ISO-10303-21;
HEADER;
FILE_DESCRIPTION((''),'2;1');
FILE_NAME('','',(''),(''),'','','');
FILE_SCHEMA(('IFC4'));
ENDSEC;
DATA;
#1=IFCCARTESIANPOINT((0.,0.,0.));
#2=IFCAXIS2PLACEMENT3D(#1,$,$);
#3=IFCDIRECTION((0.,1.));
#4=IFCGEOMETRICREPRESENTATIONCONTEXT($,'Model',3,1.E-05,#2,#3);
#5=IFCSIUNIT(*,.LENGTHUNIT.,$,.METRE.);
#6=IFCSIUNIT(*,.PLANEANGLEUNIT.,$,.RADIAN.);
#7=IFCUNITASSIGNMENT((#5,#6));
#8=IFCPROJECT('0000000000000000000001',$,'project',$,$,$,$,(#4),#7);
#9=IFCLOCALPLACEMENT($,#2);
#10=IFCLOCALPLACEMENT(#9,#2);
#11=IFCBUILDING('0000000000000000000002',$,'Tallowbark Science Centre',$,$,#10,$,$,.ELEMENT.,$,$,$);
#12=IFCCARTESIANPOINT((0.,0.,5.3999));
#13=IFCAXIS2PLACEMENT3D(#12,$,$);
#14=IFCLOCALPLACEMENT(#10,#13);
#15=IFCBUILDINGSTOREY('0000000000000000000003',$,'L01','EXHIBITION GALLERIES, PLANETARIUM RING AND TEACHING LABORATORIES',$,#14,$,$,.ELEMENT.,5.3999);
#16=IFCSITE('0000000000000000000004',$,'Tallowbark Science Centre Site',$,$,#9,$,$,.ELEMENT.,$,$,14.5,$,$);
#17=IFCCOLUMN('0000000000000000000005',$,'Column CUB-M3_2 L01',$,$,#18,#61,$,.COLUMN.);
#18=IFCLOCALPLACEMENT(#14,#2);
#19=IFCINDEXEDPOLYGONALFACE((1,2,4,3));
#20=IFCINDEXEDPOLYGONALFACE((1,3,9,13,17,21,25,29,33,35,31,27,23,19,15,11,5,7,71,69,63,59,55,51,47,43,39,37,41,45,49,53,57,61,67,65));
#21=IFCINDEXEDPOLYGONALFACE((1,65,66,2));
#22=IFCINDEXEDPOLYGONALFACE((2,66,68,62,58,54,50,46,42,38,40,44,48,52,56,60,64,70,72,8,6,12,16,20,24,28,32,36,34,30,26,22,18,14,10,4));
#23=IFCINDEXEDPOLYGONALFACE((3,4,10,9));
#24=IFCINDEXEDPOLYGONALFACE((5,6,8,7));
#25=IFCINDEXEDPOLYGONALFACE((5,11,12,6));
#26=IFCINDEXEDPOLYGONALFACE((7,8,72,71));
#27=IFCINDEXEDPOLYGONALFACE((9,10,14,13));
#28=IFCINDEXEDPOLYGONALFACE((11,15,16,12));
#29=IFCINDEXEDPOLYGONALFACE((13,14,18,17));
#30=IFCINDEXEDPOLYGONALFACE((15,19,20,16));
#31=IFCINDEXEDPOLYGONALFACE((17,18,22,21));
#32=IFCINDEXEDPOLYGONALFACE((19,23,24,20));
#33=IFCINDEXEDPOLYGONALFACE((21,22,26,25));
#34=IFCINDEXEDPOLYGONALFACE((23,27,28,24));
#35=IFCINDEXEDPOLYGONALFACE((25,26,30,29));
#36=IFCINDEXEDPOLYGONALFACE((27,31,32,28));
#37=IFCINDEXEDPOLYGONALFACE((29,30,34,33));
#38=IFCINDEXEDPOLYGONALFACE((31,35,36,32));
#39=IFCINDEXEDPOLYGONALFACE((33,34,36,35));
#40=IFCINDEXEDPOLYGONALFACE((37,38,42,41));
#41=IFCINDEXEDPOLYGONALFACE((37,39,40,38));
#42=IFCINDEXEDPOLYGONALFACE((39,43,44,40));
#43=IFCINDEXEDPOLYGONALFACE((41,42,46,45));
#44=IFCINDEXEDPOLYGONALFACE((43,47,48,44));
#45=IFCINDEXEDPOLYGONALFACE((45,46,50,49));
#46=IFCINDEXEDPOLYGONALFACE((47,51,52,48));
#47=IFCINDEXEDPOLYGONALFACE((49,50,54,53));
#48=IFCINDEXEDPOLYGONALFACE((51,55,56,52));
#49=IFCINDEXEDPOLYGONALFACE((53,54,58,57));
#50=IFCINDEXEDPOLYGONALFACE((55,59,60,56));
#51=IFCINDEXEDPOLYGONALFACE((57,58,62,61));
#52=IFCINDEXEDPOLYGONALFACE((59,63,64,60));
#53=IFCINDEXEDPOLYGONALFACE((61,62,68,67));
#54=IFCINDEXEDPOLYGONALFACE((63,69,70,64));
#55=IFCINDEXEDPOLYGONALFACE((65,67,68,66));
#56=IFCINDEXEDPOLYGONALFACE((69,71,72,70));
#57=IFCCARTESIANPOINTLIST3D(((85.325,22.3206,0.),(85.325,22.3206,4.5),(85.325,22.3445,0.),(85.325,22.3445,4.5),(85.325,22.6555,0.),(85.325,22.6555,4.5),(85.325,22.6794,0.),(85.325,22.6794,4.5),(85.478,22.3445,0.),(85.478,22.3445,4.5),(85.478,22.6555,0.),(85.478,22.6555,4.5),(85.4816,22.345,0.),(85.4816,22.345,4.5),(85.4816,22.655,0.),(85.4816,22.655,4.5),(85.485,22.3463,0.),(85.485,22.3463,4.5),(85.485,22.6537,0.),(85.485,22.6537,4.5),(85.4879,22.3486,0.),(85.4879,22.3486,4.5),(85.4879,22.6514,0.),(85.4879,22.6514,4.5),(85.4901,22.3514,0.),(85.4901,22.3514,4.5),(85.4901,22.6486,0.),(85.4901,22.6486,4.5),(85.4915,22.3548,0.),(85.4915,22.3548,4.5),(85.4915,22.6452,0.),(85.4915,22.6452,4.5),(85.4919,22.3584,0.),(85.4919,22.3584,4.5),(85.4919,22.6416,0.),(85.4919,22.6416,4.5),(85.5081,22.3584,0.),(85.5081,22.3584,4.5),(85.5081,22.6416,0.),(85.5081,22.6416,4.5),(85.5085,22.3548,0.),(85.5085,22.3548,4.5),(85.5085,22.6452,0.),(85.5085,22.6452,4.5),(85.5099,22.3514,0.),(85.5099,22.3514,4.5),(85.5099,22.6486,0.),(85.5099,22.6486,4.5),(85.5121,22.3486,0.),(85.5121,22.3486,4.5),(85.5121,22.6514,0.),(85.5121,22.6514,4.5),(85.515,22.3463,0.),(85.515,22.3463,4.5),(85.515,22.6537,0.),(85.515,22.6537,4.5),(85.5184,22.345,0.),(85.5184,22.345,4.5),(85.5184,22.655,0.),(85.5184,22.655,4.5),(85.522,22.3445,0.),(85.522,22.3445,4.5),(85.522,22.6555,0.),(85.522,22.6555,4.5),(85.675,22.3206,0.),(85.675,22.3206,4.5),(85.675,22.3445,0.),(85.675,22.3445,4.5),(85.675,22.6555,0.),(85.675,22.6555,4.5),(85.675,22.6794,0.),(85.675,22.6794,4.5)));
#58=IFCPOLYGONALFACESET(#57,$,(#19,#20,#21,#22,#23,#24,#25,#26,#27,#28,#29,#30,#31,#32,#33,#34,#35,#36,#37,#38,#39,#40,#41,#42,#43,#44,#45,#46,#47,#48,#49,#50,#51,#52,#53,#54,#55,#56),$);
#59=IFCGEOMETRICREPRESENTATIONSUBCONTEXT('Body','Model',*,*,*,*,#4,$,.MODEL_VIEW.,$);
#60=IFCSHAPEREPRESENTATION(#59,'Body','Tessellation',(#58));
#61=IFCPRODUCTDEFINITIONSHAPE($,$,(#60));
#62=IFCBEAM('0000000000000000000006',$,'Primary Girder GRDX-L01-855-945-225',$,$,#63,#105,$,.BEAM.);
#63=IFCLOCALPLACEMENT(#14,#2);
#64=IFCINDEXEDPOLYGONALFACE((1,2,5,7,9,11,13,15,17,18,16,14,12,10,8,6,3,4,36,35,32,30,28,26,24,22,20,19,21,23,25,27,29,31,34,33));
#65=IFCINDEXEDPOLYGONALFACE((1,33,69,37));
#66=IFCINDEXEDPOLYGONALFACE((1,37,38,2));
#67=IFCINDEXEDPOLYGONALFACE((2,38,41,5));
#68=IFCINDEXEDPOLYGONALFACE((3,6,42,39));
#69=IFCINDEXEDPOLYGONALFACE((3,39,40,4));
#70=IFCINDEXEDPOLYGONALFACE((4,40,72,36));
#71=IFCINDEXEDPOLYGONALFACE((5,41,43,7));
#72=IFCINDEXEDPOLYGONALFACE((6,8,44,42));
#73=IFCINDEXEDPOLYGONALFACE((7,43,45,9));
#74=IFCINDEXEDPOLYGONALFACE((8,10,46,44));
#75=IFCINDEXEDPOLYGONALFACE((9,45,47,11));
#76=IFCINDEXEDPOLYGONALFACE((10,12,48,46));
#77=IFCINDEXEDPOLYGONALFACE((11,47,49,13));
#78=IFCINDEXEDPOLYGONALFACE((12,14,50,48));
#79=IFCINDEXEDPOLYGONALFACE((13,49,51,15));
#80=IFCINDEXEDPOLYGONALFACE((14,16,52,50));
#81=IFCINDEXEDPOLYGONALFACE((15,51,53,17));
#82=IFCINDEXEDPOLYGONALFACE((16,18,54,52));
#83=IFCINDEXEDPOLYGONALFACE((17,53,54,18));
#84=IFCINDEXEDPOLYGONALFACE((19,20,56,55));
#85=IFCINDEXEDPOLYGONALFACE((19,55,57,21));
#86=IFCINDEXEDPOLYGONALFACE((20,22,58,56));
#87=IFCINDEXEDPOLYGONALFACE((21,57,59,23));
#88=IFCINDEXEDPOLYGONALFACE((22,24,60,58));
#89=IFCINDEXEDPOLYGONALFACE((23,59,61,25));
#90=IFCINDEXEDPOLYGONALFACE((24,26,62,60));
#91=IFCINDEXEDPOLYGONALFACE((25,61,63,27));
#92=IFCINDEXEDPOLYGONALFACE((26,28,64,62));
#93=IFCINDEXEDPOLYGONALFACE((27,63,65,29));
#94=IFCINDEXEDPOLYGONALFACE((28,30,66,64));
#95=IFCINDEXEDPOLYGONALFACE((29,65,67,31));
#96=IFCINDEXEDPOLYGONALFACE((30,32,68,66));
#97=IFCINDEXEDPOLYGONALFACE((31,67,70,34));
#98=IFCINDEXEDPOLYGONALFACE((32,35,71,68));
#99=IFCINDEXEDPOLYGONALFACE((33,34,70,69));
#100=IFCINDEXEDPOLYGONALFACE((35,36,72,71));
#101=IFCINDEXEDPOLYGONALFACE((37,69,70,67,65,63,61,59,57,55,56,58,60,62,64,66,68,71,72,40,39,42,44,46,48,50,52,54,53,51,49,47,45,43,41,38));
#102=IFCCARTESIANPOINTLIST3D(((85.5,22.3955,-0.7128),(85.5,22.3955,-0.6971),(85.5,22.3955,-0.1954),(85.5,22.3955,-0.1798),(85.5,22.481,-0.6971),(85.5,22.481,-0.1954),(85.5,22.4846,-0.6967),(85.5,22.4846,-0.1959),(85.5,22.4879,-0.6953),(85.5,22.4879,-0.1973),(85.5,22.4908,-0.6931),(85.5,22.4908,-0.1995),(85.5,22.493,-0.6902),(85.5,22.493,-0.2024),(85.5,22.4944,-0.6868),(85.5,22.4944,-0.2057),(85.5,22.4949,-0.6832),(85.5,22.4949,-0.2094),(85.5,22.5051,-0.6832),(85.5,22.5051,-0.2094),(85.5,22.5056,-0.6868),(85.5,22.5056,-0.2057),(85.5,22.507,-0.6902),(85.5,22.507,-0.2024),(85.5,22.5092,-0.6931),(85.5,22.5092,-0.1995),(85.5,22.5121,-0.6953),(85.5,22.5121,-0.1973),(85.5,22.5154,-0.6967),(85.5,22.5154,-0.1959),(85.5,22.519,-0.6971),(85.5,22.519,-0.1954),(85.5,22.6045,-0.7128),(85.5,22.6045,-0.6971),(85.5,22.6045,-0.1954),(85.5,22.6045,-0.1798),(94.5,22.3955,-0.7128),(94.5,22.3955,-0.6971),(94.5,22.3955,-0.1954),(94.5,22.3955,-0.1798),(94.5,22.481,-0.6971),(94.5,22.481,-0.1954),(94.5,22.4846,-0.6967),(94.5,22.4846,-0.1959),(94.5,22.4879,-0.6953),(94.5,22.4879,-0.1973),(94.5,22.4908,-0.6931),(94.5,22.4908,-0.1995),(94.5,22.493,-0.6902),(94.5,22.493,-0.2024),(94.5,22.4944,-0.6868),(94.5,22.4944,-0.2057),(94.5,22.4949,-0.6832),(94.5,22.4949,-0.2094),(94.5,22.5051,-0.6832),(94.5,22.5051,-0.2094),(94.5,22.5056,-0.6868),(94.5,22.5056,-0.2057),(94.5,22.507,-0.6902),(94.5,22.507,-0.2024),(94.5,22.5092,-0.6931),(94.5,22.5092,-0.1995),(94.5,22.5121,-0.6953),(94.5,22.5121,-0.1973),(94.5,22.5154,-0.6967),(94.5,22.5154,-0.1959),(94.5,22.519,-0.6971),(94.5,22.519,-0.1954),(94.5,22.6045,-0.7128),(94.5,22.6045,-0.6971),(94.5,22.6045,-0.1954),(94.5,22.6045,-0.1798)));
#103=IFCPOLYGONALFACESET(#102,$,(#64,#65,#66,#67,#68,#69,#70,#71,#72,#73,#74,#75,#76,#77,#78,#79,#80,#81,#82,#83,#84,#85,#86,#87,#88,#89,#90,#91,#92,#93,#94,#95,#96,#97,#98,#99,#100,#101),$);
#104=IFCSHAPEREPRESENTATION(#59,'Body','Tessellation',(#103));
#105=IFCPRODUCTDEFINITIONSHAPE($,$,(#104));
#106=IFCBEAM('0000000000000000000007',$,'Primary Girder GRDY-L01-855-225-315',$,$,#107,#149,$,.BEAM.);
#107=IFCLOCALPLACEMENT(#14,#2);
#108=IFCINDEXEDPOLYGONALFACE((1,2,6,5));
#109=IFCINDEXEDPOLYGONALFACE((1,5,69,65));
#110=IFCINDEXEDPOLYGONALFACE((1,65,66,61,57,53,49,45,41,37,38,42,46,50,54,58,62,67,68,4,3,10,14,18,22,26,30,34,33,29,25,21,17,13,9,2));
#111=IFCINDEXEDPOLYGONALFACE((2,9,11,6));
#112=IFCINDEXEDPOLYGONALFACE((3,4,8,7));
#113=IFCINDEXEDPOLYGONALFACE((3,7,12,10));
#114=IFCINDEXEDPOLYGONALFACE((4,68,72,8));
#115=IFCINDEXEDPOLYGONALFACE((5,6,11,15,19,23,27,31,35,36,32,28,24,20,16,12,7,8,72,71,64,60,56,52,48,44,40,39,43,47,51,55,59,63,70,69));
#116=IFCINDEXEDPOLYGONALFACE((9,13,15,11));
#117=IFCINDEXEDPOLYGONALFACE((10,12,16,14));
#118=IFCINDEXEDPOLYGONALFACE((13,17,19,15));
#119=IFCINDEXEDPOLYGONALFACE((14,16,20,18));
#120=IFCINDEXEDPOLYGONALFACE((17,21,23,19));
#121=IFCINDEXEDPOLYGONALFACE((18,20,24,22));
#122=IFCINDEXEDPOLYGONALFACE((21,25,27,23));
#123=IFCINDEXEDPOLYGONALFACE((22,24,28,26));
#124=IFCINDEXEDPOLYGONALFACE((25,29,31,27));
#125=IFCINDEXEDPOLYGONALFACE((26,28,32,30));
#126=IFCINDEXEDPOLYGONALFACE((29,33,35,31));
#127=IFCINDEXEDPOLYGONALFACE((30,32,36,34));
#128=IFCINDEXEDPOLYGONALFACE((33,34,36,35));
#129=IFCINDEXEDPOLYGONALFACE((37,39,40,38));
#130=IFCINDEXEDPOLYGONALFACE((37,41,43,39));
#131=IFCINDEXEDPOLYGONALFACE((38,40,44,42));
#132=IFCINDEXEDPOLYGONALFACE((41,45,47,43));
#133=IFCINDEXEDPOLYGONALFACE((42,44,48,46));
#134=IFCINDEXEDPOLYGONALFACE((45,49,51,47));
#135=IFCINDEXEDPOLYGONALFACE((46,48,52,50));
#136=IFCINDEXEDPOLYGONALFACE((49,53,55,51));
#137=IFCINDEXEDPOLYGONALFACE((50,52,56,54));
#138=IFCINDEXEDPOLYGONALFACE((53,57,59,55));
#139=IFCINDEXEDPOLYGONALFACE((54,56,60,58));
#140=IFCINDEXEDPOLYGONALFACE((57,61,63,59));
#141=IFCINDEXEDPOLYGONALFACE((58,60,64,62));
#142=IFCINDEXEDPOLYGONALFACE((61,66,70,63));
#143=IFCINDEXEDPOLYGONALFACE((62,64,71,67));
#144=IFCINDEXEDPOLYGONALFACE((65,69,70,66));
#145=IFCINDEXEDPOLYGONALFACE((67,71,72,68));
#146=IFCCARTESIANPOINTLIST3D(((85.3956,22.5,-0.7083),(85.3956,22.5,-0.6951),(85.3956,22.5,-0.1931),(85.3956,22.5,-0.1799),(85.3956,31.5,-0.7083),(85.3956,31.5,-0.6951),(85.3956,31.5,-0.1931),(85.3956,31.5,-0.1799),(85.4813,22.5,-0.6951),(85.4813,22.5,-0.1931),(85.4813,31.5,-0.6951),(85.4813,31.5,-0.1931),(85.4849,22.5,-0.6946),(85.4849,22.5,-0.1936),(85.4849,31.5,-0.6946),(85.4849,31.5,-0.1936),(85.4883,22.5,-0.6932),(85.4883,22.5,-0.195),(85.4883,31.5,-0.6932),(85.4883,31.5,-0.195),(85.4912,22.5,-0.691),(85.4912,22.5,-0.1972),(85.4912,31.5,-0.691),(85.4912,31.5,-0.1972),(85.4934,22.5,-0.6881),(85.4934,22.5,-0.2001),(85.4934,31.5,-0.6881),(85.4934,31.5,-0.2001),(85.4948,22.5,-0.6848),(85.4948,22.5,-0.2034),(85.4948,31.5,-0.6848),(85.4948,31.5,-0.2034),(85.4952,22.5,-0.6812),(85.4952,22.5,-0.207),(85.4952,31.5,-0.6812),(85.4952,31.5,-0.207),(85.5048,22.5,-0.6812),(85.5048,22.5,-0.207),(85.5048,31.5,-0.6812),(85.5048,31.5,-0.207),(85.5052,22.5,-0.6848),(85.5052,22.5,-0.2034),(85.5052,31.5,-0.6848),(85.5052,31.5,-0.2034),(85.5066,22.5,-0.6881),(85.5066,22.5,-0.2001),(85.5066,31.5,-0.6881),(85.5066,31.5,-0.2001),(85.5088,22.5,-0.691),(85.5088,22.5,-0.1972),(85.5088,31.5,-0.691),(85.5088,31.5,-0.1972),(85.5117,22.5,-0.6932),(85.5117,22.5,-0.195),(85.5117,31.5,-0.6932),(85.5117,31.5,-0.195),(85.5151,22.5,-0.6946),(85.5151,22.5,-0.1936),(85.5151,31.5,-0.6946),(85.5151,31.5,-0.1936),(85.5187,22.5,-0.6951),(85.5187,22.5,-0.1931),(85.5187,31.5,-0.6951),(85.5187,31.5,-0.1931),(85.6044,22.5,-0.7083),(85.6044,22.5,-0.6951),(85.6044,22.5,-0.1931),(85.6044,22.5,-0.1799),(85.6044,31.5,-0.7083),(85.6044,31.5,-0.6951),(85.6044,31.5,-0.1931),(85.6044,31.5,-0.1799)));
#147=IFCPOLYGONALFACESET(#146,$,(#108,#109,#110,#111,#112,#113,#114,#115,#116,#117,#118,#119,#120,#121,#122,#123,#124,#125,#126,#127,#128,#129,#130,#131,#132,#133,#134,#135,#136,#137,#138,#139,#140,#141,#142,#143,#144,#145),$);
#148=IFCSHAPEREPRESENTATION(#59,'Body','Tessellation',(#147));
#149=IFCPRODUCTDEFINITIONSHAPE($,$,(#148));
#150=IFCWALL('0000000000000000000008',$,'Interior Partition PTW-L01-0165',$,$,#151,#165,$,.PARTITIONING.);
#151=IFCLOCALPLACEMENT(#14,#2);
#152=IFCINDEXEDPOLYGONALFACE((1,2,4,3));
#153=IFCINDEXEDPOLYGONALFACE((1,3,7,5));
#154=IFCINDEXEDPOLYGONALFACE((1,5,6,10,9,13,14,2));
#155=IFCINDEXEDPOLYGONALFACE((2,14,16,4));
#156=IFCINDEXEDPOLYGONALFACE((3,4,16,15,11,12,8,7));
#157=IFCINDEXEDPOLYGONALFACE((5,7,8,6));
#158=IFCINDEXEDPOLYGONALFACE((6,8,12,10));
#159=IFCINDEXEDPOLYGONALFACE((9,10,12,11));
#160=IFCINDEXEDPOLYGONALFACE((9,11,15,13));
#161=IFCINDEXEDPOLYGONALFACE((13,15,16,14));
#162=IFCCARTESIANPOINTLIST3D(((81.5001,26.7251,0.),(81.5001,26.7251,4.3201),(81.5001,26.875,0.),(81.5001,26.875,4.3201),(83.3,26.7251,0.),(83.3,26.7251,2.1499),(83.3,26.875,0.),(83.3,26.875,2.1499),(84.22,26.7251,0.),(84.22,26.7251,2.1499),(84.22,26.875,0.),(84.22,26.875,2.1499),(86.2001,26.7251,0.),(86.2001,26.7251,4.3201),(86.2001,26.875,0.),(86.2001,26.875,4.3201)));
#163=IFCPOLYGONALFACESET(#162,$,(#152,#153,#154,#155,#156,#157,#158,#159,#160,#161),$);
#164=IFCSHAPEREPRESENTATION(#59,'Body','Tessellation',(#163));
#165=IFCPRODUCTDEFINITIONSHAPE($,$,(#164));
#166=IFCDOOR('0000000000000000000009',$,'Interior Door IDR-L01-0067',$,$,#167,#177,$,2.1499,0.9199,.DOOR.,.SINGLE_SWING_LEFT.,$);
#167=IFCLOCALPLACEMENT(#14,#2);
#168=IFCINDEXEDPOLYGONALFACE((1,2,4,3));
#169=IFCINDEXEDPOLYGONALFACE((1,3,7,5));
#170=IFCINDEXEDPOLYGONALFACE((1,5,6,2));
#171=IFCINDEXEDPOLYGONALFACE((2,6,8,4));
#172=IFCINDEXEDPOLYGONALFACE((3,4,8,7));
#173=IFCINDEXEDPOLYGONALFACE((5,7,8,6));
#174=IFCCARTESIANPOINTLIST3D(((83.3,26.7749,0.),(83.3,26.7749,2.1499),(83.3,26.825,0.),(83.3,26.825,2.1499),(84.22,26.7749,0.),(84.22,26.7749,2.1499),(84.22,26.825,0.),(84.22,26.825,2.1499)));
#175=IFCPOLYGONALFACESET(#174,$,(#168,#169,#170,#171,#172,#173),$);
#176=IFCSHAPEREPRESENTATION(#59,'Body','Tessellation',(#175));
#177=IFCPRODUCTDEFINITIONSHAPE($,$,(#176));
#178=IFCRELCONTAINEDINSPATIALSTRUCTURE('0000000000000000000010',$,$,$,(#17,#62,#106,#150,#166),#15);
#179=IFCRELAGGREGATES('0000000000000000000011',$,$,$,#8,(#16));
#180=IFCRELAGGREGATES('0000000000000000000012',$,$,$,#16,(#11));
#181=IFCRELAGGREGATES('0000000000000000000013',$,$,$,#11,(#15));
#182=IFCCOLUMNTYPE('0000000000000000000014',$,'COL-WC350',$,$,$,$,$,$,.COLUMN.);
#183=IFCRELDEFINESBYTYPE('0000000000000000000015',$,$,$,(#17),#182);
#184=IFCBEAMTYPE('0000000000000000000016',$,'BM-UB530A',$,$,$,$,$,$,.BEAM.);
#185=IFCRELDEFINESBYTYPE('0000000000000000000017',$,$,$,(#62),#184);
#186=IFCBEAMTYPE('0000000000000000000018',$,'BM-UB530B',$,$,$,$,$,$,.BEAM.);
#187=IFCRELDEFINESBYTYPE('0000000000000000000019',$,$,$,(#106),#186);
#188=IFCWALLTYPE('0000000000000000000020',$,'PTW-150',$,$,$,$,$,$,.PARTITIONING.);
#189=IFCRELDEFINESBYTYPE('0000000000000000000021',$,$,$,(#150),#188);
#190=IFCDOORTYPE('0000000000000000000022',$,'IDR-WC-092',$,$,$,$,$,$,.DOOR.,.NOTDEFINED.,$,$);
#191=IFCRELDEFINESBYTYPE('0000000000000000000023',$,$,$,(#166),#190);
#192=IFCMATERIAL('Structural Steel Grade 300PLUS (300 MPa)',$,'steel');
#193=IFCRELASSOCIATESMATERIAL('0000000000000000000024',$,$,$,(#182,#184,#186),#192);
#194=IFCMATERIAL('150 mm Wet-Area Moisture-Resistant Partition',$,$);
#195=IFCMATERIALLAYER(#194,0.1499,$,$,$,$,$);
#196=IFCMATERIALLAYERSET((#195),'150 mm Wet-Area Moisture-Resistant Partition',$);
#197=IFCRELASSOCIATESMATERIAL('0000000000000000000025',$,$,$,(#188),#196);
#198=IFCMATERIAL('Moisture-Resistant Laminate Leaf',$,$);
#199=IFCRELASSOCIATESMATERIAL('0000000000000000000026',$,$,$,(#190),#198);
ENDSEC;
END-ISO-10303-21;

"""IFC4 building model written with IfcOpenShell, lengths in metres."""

from ifc_helpers import new_model, si_unit, direction, frame, frame_2d, origin, origin_2d, place, context, subcontext, project, spatial, rectangle, i_section, extrude, material, layer, layer_set, material_profile, profile_set, type_object, element, fill, save


model = new_model("IFC4")

# Units and contexts
model_context = context("Model", 3, precision=1e-05, world=origin(), true_north=direction((0.0, 1.0)))
body_context = subcontext(model_context, "Body", "Model", "MODEL_VIEW")
ifc_project = project(units=[si_unit("LENGTHUNIT", "METRE"), si_unit("PLANEANGLEUNIT", "RADIAN")], contexts=[model_context])

# Site, building, storey
site_placement = place(None, origin())
site = spatial("IfcSite", under=ifc_project, at=site_placement, Name="Tallowbark Science Centre Site", CompositionType="ELEMENT", RefElevation=14.5)
building_placement = place(site_placement, origin())
building = spatial("IfcBuilding", under=site, at=building_placement, Name="Tallowbark Science Centre", CompositionType="ELEMENT")
storey_placement = place(building_placement, frame((0.0, 0.0, 5.3999)))
storey = spatial("IfcBuildingStorey", under=building, at=storey_placement, Name="L01", Description="EXHIBITION GALLERIES, PLANETARIUM RING AND TEACHING LABORATORIES", CompositionType="ELEMENT", Elevation=5.3999)

# Column
ifc_material_1 = material(Name="Structural Steel Grade 300PLUS (300 MPa)", Category="steel")
ifc_material_profile_1 = material_profile(ifc_material_1, i_section(OverallWidth=0.3501, OverallDepth=0.3589, WebThickness=0.0161, FlangeThickness=0.0239, FilletRadius=0.0139, at=origin_2d()), Name="350WC197")
ifc_profile_set_1 = profile_set([ifc_material_profile_1], Name="Structural Steel Grade 300PLUS (300 MPa)")
column_type = type_object("IfcColumnType", Name="COL-WC350", PredefinedType="COLUMN", material=ifc_profile_set_1)
column_placement = place(storey_placement, frame((85.5, 22.5, 0.0), z_axis=(0.0, 0.0, 1.0), x_axis=(1.0, 0.0, 0.0)))
element("IfcColumn", 1, at=column_placement, inside=storey, type_object=column_type, Name="Column CUB-M3_2 L01", PredefinedType="COLUMN", context=body_context, shape_type="SweptSolid", body=[
    extrude(i_section(OverallWidth=0.3501, OverallDepth=0.3589, WebThickness=0.0161, FlangeThickness=0.0239, FilletRadius=0.0139, at=origin_2d()), origin(), (0.0, 0.0, 1.0), 4.5),
])

# Beams
ifc_material_profile_2 = material_profile(ifc_material_1, i_section(OverallWidth=0.209, OverallDepth=0.533, WebThickness=0.0103, FlangeThickness=0.0156, FilletRadius=0.0139, at=origin_2d()), Name="530UB92.4")
ifc_profile_set_2 = profile_set([ifc_material_profile_2], Name="Structural Steel Grade 300PLUS (300 MPa)")
beam_type_1 = type_object("IfcBeamType", Name="BM-UB530A", PredefinedType="BEAM", material=ifc_profile_set_2)
beam_1_placement = place(storey_placement, frame((85.5, 22.5, -0.4463), z_axis=(1.0, 0.0, 0.0), x_axis=(0.0, 1.0, 0.0)))
element("IfcBeam", 2, at=beam_1_placement, inside=storey, type_object=beam_type_1, Name="Primary Girder GRDX-L01-855-945-225", PredefinedType="BEAM", context=body_context, shape_type="SweptSolid", body=[
    extrude(i_section(OverallWidth=0.209, OverallDepth=0.533, WebThickness=0.0103, FlangeThickness=0.0156, FilletRadius=0.0139, at=origin_2d()), origin(), (0.0, 0.0, 1.0), 9.0),
])
ifc_material_profile_3 = material_profile(ifc_material_1, i_section(OverallWidth=0.2087, OverallDepth=0.5283, WebThickness=0.0095, FlangeThickness=0.0132, FilletRadius=0.0139, at=origin_2d()), Name="530UB82.0")
ifc_profile_set_3 = profile_set([ifc_material_profile_3], Name="Structural Steel Grade 300PLUS (300 MPa)")
beam_type_2 = type_object("IfcBeamType", Name="BM-UB530B", PredefinedType="BEAM", material=ifc_profile_set_3)
beam_2_placement = place(storey_placement, frame((85.5, 22.5, -0.4441), z_axis=(0.0, 1.0, 0.0), x_axis=(-1.0, 0.0, 0.0)))
element("IfcBeam", 3, at=beam_2_placement, inside=storey, type_object=beam_type_2, Name="Primary Girder GRDY-L01-855-225-315", PredefinedType="BEAM", context=body_context, shape_type="SweptSolid", body=[
    extrude(i_section(OverallWidth=0.2087, OverallDepth=0.5283, WebThickness=0.0095, FlangeThickness=0.0132, FilletRadius=0.0139, at=origin_2d()), origin(), (0.0, 0.0, 1.0), 9.0),
])

# Wall, opening, door
ifc_material_2 = material(Name="150 mm Wet-Area Moisture-Resistant Partition")
ifc_layer_1 = layer(ifc_material_2, 0.1499)
ifc_layer_set_1 = layer_set([ifc_layer_1], Name="150 mm Wet-Area Moisture-Resistant Partition")
wall_type_1 = type_object("IfcWallType", Name="PTW-150", PredefinedType="PARTITIONING", material=ifc_layer_set_1)
wall_1_placement = place(storey_placement, frame((81.5, 26.8, 0.0), z_axis=(0.0, 0.0, 1.0), x_axis=(1.0, 0.0, 0.0)))
wall_1 = element("IfcWall", 4, at=wall_1_placement, inside=storey, type_object=wall_type_1, Name="Interior Partition PTW-L01-0165", PredefinedType="PARTITIONING", context=body_context, shape_type="SweptSolid", body=[
    extrude(rectangle(XDim=4.7, YDim=0.1499, at=frame_2d((2.3501, 0.0))), origin(), (0.0, 0.0, 1.0), 4.3201),
])
opening_1_placement = place(wall_1_placement, frame((1.8, 0.0, 0.0)))
opening_1 = element("IfcOpeningElement", 5, at=opening_1_placement, cuts=wall_1, PredefinedType="OPENING", context=body_context, shape_type="SweptSolid", body=[
    extrude(rectangle(XDim=0.9199, YDim=2.1499, at=frame_2d((0.46, 1.075))), frame((0.0, 0.085, 0.0), z_axis=(0.0, -1.0, 0.0), x_axis=(1.0, 0.0, 0.0)), (0.0, 0.0, 1.0), 0.1699),
])
ifc_material_3 = material(Name="Moisture-Resistant Laminate Leaf")
door_type_1 = type_object("IfcDoorType", Name="IDR-WC-092", OperationType="NOTDEFINED", PredefinedType="DOOR", material=ifc_material_3)
door_1_placement = place(opening_1_placement, origin())
door_1 = element("IfcDoor", 6, at=door_1_placement, inside=storey, type_object=door_type_1, Name="Interior Door IDR-L01-0067", OperationType="SINGLE_SWING_LEFT", OverallHeight=2.1499, OverallWidth=0.9199, PredefinedType="DOOR", context=body_context, shape_type="SweptSolid", body=[
    extrude(rectangle(XDim=0.9199, YDim=2.1499, at=frame_2d((0.46, 1.075))), frame((0.0, 0.0249, 0.0), z_axis=(0.0, -1.0, 0.0), x_axis=(1.0, 0.0, 0.0)), (0.0, 0.0, 1.0), 0.05),
])
fill(opening_1, door_1)

save(model, "model.ifc")
